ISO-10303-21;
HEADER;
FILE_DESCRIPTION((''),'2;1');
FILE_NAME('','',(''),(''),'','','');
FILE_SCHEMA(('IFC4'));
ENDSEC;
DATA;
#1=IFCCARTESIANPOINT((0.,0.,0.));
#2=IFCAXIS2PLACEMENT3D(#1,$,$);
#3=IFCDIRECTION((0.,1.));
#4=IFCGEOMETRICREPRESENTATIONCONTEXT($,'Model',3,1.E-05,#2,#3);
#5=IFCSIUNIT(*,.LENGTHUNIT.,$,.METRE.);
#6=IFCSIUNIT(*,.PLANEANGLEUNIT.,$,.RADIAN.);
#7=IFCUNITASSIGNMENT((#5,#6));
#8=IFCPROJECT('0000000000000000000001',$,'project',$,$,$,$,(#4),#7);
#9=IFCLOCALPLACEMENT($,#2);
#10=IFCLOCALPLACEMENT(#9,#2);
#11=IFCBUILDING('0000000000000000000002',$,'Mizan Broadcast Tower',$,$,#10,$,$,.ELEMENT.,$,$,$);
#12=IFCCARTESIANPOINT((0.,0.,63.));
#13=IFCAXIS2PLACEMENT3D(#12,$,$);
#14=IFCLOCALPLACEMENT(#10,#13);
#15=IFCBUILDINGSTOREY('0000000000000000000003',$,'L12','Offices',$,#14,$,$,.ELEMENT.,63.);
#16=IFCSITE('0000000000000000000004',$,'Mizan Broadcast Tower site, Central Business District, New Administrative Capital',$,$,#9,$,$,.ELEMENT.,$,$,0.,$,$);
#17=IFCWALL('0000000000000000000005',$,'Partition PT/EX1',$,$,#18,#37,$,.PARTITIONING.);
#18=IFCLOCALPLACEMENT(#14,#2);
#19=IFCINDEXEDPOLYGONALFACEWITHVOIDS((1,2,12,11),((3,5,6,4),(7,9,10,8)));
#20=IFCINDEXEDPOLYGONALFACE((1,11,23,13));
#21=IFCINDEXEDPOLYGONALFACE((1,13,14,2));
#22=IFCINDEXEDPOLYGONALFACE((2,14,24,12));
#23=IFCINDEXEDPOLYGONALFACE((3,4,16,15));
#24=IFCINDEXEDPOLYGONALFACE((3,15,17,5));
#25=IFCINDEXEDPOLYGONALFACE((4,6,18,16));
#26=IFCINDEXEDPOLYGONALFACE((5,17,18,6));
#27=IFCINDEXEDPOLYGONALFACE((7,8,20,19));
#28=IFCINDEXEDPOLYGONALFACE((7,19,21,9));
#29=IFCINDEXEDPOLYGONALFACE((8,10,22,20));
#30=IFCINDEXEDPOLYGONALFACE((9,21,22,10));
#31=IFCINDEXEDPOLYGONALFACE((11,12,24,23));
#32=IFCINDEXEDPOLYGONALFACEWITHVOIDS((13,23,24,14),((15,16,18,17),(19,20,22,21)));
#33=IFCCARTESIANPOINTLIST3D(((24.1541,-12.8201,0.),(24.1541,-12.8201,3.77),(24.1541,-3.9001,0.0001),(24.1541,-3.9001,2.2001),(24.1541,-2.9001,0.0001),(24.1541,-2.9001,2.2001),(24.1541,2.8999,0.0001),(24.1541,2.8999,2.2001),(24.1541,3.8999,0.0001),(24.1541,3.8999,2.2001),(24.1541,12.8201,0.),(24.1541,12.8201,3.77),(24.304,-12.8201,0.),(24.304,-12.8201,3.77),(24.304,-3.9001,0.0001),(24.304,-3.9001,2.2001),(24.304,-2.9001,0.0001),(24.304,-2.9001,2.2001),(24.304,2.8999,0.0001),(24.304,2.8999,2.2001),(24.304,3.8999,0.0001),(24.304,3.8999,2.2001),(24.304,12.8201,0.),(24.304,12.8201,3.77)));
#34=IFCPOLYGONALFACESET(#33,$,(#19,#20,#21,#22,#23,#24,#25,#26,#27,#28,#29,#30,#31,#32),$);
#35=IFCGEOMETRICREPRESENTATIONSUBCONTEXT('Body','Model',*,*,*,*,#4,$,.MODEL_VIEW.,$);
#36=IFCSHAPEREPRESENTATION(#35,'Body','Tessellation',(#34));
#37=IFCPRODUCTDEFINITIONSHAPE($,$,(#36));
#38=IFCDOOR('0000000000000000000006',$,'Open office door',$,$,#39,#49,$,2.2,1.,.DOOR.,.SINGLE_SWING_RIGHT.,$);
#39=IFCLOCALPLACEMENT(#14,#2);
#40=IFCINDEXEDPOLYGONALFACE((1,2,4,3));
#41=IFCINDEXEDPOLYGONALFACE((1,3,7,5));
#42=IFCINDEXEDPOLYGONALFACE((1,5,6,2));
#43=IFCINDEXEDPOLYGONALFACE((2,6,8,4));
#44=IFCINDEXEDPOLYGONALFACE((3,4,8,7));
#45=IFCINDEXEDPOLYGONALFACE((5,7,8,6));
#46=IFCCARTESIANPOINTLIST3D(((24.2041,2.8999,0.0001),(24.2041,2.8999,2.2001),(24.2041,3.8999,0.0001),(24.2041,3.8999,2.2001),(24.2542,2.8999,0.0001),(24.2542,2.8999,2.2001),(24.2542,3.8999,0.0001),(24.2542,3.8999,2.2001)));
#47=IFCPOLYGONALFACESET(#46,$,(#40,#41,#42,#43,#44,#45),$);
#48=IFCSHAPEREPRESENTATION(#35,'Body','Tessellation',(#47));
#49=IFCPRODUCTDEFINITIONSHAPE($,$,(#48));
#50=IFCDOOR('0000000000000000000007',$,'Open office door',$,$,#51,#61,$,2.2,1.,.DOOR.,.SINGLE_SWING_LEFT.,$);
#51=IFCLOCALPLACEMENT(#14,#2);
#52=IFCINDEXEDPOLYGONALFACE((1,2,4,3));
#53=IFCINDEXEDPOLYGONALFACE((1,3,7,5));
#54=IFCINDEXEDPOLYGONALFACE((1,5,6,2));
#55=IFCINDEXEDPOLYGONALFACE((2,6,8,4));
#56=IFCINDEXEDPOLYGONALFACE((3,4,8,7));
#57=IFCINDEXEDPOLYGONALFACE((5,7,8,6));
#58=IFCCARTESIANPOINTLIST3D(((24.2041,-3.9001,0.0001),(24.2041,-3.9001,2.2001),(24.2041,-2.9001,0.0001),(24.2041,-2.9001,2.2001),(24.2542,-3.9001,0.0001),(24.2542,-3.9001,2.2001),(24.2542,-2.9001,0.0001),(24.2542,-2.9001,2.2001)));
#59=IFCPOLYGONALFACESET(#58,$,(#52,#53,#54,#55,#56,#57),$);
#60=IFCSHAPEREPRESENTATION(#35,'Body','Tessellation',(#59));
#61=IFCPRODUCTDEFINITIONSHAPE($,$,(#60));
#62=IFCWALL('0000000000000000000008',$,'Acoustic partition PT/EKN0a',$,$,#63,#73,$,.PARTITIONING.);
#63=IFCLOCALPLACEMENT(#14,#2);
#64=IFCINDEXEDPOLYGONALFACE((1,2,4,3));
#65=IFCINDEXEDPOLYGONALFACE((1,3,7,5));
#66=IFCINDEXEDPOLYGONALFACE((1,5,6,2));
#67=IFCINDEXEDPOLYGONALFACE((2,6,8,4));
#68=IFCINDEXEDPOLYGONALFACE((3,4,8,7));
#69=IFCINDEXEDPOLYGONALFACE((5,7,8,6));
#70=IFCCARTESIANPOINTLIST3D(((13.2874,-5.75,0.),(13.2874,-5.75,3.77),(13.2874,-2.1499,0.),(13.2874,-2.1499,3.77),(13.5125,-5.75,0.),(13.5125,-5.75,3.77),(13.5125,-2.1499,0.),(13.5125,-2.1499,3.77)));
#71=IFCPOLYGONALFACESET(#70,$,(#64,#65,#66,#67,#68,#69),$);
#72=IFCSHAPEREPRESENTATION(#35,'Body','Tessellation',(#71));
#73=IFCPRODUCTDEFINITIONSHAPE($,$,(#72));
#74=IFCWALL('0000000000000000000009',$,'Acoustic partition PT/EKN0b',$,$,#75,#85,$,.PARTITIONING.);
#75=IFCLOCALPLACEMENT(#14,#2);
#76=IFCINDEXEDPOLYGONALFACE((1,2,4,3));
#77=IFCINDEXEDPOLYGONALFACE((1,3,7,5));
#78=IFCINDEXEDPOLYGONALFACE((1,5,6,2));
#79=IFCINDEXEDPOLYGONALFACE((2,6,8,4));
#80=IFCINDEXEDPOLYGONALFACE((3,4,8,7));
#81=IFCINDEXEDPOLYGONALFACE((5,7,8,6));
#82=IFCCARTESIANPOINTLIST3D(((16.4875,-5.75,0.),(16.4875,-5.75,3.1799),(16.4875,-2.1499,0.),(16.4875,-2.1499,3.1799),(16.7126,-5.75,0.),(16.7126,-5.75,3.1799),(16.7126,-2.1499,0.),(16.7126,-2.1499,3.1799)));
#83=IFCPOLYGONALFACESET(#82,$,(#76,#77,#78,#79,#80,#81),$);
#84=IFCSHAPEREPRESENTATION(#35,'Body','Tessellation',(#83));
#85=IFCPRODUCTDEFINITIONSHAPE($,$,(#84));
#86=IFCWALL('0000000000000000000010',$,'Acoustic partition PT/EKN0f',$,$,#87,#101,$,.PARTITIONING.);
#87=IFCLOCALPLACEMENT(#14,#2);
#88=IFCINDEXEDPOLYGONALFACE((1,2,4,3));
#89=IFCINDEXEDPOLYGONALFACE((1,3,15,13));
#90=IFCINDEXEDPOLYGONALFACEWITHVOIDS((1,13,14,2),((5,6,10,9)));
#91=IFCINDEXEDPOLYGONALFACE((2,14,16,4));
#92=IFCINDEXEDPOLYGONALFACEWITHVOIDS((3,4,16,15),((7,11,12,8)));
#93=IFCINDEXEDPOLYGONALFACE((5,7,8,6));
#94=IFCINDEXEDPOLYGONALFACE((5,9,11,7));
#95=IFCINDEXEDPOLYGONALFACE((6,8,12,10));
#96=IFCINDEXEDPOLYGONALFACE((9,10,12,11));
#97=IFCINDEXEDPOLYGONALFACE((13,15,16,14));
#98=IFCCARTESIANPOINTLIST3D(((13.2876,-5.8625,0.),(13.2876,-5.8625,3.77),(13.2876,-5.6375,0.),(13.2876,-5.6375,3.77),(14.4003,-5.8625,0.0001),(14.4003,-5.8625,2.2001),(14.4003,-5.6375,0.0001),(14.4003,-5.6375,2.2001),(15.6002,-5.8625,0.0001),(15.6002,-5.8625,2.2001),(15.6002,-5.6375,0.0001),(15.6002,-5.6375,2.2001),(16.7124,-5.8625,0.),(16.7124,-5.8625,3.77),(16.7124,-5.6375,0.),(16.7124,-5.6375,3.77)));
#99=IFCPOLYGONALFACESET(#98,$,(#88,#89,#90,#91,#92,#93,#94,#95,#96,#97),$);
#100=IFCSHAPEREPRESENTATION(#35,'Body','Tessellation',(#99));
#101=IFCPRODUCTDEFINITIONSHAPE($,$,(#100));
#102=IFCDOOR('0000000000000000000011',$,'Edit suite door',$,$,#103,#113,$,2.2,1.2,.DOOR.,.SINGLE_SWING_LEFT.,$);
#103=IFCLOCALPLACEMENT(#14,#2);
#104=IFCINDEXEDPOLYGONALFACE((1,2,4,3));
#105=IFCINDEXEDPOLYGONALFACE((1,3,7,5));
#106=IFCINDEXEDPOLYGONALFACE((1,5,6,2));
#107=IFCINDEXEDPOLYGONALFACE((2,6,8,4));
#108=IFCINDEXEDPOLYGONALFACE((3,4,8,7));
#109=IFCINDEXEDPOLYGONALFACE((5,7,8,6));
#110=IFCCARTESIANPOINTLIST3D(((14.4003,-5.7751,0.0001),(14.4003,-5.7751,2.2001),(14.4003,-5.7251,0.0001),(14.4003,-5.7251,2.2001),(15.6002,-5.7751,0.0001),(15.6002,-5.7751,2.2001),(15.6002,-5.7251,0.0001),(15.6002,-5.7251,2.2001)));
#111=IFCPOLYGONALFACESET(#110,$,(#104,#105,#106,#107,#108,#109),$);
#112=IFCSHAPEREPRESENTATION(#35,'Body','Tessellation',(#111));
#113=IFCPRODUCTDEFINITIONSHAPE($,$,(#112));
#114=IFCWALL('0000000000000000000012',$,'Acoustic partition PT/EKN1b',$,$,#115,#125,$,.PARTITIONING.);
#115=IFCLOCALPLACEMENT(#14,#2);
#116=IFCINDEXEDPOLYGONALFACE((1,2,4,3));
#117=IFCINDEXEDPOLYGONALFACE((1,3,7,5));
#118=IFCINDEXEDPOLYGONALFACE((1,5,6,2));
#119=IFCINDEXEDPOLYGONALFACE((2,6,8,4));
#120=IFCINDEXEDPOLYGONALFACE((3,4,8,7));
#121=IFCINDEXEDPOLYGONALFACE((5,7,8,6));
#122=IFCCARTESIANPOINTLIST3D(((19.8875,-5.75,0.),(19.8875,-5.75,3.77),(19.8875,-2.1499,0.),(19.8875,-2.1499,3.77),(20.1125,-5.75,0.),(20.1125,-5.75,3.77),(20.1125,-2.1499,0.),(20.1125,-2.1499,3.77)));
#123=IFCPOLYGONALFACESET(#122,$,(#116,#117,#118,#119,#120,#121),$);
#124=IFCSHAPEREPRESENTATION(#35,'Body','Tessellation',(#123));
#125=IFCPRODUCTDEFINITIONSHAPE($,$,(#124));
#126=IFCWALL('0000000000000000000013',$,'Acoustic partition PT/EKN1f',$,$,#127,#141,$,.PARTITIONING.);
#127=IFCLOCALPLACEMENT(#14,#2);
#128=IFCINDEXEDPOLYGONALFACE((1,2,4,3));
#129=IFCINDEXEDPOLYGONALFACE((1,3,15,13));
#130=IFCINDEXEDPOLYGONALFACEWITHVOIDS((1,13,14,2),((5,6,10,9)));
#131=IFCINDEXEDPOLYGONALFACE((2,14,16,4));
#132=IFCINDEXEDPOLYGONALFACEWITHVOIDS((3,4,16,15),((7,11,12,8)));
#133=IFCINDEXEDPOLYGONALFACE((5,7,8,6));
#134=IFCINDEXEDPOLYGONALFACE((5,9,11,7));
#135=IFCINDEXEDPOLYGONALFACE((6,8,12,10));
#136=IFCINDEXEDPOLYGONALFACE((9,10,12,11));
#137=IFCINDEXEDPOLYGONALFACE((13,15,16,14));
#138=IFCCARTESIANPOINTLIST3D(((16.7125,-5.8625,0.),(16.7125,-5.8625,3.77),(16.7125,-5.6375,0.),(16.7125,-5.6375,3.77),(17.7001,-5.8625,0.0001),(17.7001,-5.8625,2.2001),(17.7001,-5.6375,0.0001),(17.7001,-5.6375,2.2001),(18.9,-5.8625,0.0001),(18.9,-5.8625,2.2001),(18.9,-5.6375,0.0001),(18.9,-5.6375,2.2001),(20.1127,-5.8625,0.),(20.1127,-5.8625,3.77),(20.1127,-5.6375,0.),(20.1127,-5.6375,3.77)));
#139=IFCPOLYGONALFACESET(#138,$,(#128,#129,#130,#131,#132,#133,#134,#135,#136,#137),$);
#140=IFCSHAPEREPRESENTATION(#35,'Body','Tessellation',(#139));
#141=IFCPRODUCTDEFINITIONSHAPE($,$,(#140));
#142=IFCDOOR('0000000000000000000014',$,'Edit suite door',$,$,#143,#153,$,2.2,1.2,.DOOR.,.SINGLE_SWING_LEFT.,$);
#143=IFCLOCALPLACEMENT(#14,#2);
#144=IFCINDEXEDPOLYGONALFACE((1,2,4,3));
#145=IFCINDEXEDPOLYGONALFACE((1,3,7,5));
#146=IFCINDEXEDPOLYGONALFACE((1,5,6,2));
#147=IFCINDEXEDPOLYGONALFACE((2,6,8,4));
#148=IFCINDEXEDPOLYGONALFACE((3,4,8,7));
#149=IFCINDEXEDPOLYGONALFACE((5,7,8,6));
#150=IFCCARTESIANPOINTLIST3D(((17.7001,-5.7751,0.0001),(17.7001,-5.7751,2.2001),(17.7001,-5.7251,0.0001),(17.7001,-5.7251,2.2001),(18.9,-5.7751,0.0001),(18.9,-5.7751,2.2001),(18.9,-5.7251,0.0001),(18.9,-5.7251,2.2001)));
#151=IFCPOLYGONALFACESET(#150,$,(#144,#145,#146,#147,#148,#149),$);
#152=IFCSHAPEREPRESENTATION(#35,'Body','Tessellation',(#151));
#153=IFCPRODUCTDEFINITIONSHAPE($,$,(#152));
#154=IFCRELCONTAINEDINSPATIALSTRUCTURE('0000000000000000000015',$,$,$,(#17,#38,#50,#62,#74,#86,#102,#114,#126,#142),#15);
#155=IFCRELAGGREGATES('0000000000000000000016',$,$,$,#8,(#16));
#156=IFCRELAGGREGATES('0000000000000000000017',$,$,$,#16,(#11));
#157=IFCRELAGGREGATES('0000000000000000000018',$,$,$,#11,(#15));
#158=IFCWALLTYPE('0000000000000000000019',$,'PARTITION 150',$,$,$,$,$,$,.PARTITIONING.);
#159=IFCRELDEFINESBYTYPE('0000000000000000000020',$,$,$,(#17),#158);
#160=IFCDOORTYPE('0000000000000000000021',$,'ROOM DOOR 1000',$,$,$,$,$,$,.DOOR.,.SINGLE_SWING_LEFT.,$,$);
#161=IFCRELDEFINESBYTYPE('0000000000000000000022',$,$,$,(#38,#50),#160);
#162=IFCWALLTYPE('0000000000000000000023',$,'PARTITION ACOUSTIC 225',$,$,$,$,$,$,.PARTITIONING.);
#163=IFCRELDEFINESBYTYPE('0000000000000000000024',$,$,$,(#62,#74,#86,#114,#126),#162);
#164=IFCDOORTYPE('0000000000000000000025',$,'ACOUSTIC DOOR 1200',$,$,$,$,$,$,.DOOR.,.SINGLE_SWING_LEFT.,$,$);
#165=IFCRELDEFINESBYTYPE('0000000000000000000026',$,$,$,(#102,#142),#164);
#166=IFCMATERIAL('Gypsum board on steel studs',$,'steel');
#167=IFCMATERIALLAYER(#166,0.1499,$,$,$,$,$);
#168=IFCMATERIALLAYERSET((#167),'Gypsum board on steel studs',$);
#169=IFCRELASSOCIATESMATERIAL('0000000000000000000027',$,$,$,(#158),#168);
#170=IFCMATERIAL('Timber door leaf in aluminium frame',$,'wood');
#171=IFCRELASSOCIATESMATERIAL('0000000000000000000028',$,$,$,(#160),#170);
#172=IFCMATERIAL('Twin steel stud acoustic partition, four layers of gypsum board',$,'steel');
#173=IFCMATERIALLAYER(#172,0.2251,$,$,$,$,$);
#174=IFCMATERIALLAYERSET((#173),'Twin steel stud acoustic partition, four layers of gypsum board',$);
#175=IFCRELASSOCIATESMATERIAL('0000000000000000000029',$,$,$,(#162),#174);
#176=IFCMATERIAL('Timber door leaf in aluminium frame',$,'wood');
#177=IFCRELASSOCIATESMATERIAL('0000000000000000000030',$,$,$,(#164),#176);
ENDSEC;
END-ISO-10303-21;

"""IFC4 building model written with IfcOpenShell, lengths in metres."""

from ifc_helpers import new_model, si_unit, direction, frame, frame_2d, origin, place, context, subcontext, project, spatial, rectangle, extrude, material, layer, layer_set, type_object, element, fill, save


model = new_model("IFC4")

# Units and contexts
model_context = context("Model", 3, precision=1e-05, world=origin(), true_north=direction((0.0, 1.0)))
body_context = subcontext(model_context, "Body", "Model", "MODEL_VIEW")
ifc_project = project(units=[si_unit("LENGTHUNIT", "METRE"), si_unit("PLANEANGLEUNIT", "RADIAN")], contexts=[model_context])

# Site, building, storey
site_placement = place(None, origin())
site = spatial("IfcSite", under=ifc_project, at=site_placement, Name="Mizan Broadcast Tower site, Central Business District, New Administrative Capital", CompositionType="ELEMENT", RefElevation=0.0)
building_placement = place(site_placement, origin())
building = spatial("IfcBuilding", under=site, at=building_placement, Name="Mizan Broadcast Tower", CompositionType="ELEMENT")
storey_placement = place(building_placement, frame((0.0, 0.0, 63.0)))
storey = spatial("IfcBuildingStorey", under=building, at=storey_placement, Name="L12", Description="Offices", CompositionType="ELEMENT", Elevation=63.0)

# Wall, openings, doors
ifc_material_1 = material(Name="Gypsum board on steel studs", Category="steel")
ifc_layer_1 = layer(ifc_material_1, 0.1499)
ifc_layer_set_1 = layer_set([ifc_layer_1], Name="Gypsum board on steel studs")
wall_type_1 = type_object("IfcWallType", Name="PARTITION 150", PredefinedType="PARTITIONING", material=ifc_layer_set_1)
wall_1_placement = place(storey_placement, frame((24.229, -12.8201, 0.0), z_axis=(0.0, 0.0, 1.0), x_axis=(0.0, 1.0, 0.0)))
wall_1 = element("IfcWall", 1, at=wall_1_placement, inside=storey, type_object=wall_type_1, Name="Partition PT/EX1", PredefinedType="PARTITIONING", context=body_context, shape_type="SweptSolid", body=[
    extrude(rectangle(XDim=25.6401, YDim=0.1499, at=frame_2d((12.8201, 0.0))), origin(), (0.0, 0.0, 1.0), 3.77),
])
opening_1_placement = place(wall_1_placement, frame((15.72, 0.0, 0.0)))
opening_1 = element("IfcOpeningElement", 2, at=opening_1_placement, cuts=wall_1, PredefinedType="OPENING", context=body_context, shape_type="SweptSolid", body=[
    extrude(rectangle(XDim=1.0, YDim=2.2, at=frame_2d((0.5, 1.1001))), frame((0.0, 0.085, 0.0), z_axis=(0.0, -1.0, 0.0), x_axis=(1.0, 0.0, 0.0)), (0.0, 0.0, 1.0), 0.1699),
])
opening_2_placement = place(wall_1_placement, frame((8.9199, 0.0, 0.0)))
opening_2 = element("IfcOpeningElement", 3, at=opening_2_placement, cuts=wall_1, PredefinedType="OPENING", context=body_context, shape_type="SweptSolid", body=[
    extrude(rectangle(XDim=1.0, YDim=2.2, at=frame_2d((0.5, 1.1001))), frame((0.0, 0.085, 0.0), z_axis=(0.0, -1.0, 0.0), x_axis=(1.0, 0.0, 0.0)), (0.0, 0.0, 1.0), 0.1699),
])
ifc_material_2 = material(Name="Timber door leaf in aluminium frame", Category="wood")
door_type_1 = type_object("IfcDoorType", Name="ROOM DOOR 1000", OperationType="SINGLE_SWING_LEFT", PredefinedType="DOOR", material=ifc_material_2)
door_1_placement = place(opening_1_placement, origin())
door_1 = element("IfcDoor", 4, at=door_1_placement, inside=storey, type_object=door_type_1, Name="Open office door", OperationType="SINGLE_SWING_RIGHT", OverallHeight=2.2, OverallWidth=1.0, PredefinedType="DOOR", context=body_context, shape_type="SweptSolid", body=[
    extrude(rectangle(XDim=1.0, YDim=2.2, at=frame_2d((0.5, 1.1001))), frame((0.0, 0.0249, 0.0), z_axis=(0.0, -1.0, 0.0), x_axis=(1.0, 0.0, 0.0)), (0.0, 0.0, 1.0), 0.05),
])
fill(opening_1, door_1)
door_2_placement = place(opening_2_placement, origin())
door_2 = element("IfcDoor", 5, at=door_2_placement, inside=storey, type_object=door_type_1, Name="Open office door", OperationType="SINGLE_SWING_LEFT", OverallHeight=2.2, OverallWidth=1.0, PredefinedType="DOOR", context=body_context, shape_type="SweptSolid", body=[
    extrude(rectangle(XDim=1.0, YDim=2.2, at=frame_2d((0.5, 1.1001))), frame((0.0, 0.0249, 0.0), z_axis=(0.0, -1.0, 0.0), x_axis=(1.0, 0.0, 0.0)), (0.0, 0.0, 1.0), 0.05),
])
fill(opening_2, door_2)

# Walls
ifc_material_3 = material(Name="Twin steel stud acoustic partition, four layers of gypsum board", Category="steel")
ifc_layer_2 = layer(ifc_material_3, 0.2251)
ifc_layer_set_2 = layer_set([ifc_layer_2], Name="Twin steel stud acoustic partition, four layers of gypsum board")
wall_type_2 = type_object("IfcWallType", Name="PARTITION ACOUSTIC 225", PredefinedType="PARTITIONING", material=ifc_layer_set_2)
wall_2_placement = place(storey_placement, frame((13.3999, -2.1499, 0.0), z_axis=(0.0, 0.0, 1.0), x_axis=(0.0, -1.0, 0.0)))
element("IfcWall", 6, at=wall_2_placement, inside=storey, type_object=wall_type_2, Name="Acoustic partition PT/EKN0a", PredefinedType="PARTITIONING", context=body_context, shape_type="SweptSolid", body=[
    extrude(rectangle(XDim=3.6001, YDim=0.2251, at=frame_2d((1.8, 0.0))), origin(), (0.0, 0.0, 1.0), 3.77),
])
wall_3_placement = place(storey_placement, frame((16.6001, -2.1499, 0.0), z_axis=(0.0, 0.0, 1.0), x_axis=(0.0, -1.0, 0.0)))
element("IfcWall", 7, at=wall_3_placement, inside=storey, type_object=wall_type_2, Name="Acoustic partition PT/EKN0b", PredefinedType="PARTITIONING", context=body_context, shape_type="SweptSolid", body=[
    extrude(rectangle(XDim=3.6001, YDim=0.2251, at=frame_2d((1.8, 0.0))), origin(), (0.0, 0.0, 1.0), 3.1799),
])

# Wall, opening, door
wall_4_placement = place(storey_placement, frame((13.2876, -5.75, 0.0), z_axis=(0.0, 0.0, 1.0), x_axis=(1.0, 0.0, 0.0)))
wall_4 = element("IfcWall", 8, at=wall_4_placement, inside=storey, type_object=wall_type_2, Name="Acoustic partition PT/EKN0f", PredefinedType="PARTITIONING", context=body_context, shape_type="SweptSolid", body=[
    extrude(rectangle(XDim=3.4248, YDim=0.2251, at=frame_2d((1.7124, 0.0))), origin(), (0.0, 0.0, 1.0), 3.77),
])
opening_3_placement = place(wall_4_placement, frame((1.1125, 0.0, 0.0)))
opening_3 = element("IfcOpeningElement", 9, at=opening_3_placement, cuts=wall_4, PredefinedType="OPENING", context=body_context, shape_type="SweptSolid", body=[
    extrude(rectangle(XDim=1.2, YDim=2.2, at=frame_2d((0.6001, 1.1001))), frame((0.0, 0.1226, 0.0), z_axis=(0.0, -1.0, 0.0), x_axis=(1.0, 0.0, 0.0)), (0.0, 0.0, 1.0), 0.2451),
])
ifc_material_4 = material(Name="Timber door leaf in aluminium frame", Category="wood")
door_type_2 = type_object("IfcDoorType", Name="ACOUSTIC DOOR 1200", OperationType="SINGLE_SWING_LEFT", PredefinedType="DOOR", material=ifc_material_4)
door_3_placement = place(opening_3_placement, origin())
door_3 = element("IfcDoor", 10, at=door_3_placement, inside=storey, type_object=door_type_2, Name="Edit suite door", OperationType="SINGLE_SWING_LEFT", OverallHeight=2.2, OverallWidth=1.2, PredefinedType="DOOR", context=body_context, shape_type="SweptSolid", body=[
    extrude(rectangle(XDim=1.2, YDim=2.2, at=frame_2d((0.6001, 1.1001))), frame((0.0, 0.0249, 0.0), z_axis=(0.0, -1.0, 0.0), x_axis=(1.0, 0.0, 0.0)), (0.0, 0.0, 1.0), 0.05),
])
fill(opening_3, door_3)

# Wall
wall_5_placement = place(storey_placement, frame((20.0, -2.1499, 0.0), z_axis=(0.0, 0.0, 1.0), x_axis=(0.0, -1.0, 0.0)))
element("IfcWall", 11, at=wall_5_placement, inside=storey, type_object=wall_type_2, Name="Acoustic partition PT/EKN1b", PredefinedType="PARTITIONING", context=body_context, shape_type="SweptSolid", body=[
    extrude(rectangle(XDim=3.6001, YDim=0.2251, at=frame_2d((1.8, 0.0))), origin(), (0.0, 0.0, 1.0), 3.77),
])

# Wall, opening, door
wall_6_placement = place(storey_placement, frame((16.7124, -5.75, 0.0), z_axis=(0.0, 0.0, 1.0), x_axis=(1.0, 0.0, 0.0)))
wall_6 = element("IfcWall", 12, at=wall_6_placement, inside=storey, type_object=wall_type_2, Name="Acoustic partition PT/EKN1f", PredefinedType="PARTITIONING", context=body_context, shape_type="SweptSolid", body=[
    extrude(rectangle(XDim=3.4001, YDim=0.2251, at=frame_2d((1.7002, 0.0))), origin(), (0.0, 0.0, 1.0), 3.77),
])
opening_4_placement = place(wall_6_placement, frame((0.9875, 0.0, 0.0)))
opening_4 = element("IfcOpeningElement", 13, at=opening_4_placement, cuts=wall_6, PredefinedType="OPENING", context=body_context, shape_type="SweptSolid", body=[
    extrude(rectangle(XDim=1.2, YDim=2.2, at=frame_2d((0.6001, 1.1001))), frame((0.0, 0.1226, 0.0), z_axis=(0.0, -1.0, 0.0), x_axis=(1.0, 0.0, 0.0)), (0.0, 0.0, 1.0), 0.2451),
])
door_4_placement = place(opening_4_placement, origin())
door_4 = element("IfcDoor", 14, at=door_4_placement, inside=storey, type_object=door_type_2, Name="Edit suite door", OperationType="SINGLE_SWING_LEFT", OverallHeight=2.2, OverallWidth=1.2, PredefinedType="DOOR", context=body_context, shape_type="SweptSolid", body=[
    extrude(rectangle(XDim=1.2, YDim=2.2, at=frame_2d((0.6001, 1.1001))), frame((0.0, 0.0249, 0.0), z_axis=(0.0, -1.0, 0.0), x_axis=(1.0, 0.0, 0.0)), (0.0, 0.0, 1.0), 0.05),
])
fill(opening_4, door_4)

save(model, "model.ifc")
